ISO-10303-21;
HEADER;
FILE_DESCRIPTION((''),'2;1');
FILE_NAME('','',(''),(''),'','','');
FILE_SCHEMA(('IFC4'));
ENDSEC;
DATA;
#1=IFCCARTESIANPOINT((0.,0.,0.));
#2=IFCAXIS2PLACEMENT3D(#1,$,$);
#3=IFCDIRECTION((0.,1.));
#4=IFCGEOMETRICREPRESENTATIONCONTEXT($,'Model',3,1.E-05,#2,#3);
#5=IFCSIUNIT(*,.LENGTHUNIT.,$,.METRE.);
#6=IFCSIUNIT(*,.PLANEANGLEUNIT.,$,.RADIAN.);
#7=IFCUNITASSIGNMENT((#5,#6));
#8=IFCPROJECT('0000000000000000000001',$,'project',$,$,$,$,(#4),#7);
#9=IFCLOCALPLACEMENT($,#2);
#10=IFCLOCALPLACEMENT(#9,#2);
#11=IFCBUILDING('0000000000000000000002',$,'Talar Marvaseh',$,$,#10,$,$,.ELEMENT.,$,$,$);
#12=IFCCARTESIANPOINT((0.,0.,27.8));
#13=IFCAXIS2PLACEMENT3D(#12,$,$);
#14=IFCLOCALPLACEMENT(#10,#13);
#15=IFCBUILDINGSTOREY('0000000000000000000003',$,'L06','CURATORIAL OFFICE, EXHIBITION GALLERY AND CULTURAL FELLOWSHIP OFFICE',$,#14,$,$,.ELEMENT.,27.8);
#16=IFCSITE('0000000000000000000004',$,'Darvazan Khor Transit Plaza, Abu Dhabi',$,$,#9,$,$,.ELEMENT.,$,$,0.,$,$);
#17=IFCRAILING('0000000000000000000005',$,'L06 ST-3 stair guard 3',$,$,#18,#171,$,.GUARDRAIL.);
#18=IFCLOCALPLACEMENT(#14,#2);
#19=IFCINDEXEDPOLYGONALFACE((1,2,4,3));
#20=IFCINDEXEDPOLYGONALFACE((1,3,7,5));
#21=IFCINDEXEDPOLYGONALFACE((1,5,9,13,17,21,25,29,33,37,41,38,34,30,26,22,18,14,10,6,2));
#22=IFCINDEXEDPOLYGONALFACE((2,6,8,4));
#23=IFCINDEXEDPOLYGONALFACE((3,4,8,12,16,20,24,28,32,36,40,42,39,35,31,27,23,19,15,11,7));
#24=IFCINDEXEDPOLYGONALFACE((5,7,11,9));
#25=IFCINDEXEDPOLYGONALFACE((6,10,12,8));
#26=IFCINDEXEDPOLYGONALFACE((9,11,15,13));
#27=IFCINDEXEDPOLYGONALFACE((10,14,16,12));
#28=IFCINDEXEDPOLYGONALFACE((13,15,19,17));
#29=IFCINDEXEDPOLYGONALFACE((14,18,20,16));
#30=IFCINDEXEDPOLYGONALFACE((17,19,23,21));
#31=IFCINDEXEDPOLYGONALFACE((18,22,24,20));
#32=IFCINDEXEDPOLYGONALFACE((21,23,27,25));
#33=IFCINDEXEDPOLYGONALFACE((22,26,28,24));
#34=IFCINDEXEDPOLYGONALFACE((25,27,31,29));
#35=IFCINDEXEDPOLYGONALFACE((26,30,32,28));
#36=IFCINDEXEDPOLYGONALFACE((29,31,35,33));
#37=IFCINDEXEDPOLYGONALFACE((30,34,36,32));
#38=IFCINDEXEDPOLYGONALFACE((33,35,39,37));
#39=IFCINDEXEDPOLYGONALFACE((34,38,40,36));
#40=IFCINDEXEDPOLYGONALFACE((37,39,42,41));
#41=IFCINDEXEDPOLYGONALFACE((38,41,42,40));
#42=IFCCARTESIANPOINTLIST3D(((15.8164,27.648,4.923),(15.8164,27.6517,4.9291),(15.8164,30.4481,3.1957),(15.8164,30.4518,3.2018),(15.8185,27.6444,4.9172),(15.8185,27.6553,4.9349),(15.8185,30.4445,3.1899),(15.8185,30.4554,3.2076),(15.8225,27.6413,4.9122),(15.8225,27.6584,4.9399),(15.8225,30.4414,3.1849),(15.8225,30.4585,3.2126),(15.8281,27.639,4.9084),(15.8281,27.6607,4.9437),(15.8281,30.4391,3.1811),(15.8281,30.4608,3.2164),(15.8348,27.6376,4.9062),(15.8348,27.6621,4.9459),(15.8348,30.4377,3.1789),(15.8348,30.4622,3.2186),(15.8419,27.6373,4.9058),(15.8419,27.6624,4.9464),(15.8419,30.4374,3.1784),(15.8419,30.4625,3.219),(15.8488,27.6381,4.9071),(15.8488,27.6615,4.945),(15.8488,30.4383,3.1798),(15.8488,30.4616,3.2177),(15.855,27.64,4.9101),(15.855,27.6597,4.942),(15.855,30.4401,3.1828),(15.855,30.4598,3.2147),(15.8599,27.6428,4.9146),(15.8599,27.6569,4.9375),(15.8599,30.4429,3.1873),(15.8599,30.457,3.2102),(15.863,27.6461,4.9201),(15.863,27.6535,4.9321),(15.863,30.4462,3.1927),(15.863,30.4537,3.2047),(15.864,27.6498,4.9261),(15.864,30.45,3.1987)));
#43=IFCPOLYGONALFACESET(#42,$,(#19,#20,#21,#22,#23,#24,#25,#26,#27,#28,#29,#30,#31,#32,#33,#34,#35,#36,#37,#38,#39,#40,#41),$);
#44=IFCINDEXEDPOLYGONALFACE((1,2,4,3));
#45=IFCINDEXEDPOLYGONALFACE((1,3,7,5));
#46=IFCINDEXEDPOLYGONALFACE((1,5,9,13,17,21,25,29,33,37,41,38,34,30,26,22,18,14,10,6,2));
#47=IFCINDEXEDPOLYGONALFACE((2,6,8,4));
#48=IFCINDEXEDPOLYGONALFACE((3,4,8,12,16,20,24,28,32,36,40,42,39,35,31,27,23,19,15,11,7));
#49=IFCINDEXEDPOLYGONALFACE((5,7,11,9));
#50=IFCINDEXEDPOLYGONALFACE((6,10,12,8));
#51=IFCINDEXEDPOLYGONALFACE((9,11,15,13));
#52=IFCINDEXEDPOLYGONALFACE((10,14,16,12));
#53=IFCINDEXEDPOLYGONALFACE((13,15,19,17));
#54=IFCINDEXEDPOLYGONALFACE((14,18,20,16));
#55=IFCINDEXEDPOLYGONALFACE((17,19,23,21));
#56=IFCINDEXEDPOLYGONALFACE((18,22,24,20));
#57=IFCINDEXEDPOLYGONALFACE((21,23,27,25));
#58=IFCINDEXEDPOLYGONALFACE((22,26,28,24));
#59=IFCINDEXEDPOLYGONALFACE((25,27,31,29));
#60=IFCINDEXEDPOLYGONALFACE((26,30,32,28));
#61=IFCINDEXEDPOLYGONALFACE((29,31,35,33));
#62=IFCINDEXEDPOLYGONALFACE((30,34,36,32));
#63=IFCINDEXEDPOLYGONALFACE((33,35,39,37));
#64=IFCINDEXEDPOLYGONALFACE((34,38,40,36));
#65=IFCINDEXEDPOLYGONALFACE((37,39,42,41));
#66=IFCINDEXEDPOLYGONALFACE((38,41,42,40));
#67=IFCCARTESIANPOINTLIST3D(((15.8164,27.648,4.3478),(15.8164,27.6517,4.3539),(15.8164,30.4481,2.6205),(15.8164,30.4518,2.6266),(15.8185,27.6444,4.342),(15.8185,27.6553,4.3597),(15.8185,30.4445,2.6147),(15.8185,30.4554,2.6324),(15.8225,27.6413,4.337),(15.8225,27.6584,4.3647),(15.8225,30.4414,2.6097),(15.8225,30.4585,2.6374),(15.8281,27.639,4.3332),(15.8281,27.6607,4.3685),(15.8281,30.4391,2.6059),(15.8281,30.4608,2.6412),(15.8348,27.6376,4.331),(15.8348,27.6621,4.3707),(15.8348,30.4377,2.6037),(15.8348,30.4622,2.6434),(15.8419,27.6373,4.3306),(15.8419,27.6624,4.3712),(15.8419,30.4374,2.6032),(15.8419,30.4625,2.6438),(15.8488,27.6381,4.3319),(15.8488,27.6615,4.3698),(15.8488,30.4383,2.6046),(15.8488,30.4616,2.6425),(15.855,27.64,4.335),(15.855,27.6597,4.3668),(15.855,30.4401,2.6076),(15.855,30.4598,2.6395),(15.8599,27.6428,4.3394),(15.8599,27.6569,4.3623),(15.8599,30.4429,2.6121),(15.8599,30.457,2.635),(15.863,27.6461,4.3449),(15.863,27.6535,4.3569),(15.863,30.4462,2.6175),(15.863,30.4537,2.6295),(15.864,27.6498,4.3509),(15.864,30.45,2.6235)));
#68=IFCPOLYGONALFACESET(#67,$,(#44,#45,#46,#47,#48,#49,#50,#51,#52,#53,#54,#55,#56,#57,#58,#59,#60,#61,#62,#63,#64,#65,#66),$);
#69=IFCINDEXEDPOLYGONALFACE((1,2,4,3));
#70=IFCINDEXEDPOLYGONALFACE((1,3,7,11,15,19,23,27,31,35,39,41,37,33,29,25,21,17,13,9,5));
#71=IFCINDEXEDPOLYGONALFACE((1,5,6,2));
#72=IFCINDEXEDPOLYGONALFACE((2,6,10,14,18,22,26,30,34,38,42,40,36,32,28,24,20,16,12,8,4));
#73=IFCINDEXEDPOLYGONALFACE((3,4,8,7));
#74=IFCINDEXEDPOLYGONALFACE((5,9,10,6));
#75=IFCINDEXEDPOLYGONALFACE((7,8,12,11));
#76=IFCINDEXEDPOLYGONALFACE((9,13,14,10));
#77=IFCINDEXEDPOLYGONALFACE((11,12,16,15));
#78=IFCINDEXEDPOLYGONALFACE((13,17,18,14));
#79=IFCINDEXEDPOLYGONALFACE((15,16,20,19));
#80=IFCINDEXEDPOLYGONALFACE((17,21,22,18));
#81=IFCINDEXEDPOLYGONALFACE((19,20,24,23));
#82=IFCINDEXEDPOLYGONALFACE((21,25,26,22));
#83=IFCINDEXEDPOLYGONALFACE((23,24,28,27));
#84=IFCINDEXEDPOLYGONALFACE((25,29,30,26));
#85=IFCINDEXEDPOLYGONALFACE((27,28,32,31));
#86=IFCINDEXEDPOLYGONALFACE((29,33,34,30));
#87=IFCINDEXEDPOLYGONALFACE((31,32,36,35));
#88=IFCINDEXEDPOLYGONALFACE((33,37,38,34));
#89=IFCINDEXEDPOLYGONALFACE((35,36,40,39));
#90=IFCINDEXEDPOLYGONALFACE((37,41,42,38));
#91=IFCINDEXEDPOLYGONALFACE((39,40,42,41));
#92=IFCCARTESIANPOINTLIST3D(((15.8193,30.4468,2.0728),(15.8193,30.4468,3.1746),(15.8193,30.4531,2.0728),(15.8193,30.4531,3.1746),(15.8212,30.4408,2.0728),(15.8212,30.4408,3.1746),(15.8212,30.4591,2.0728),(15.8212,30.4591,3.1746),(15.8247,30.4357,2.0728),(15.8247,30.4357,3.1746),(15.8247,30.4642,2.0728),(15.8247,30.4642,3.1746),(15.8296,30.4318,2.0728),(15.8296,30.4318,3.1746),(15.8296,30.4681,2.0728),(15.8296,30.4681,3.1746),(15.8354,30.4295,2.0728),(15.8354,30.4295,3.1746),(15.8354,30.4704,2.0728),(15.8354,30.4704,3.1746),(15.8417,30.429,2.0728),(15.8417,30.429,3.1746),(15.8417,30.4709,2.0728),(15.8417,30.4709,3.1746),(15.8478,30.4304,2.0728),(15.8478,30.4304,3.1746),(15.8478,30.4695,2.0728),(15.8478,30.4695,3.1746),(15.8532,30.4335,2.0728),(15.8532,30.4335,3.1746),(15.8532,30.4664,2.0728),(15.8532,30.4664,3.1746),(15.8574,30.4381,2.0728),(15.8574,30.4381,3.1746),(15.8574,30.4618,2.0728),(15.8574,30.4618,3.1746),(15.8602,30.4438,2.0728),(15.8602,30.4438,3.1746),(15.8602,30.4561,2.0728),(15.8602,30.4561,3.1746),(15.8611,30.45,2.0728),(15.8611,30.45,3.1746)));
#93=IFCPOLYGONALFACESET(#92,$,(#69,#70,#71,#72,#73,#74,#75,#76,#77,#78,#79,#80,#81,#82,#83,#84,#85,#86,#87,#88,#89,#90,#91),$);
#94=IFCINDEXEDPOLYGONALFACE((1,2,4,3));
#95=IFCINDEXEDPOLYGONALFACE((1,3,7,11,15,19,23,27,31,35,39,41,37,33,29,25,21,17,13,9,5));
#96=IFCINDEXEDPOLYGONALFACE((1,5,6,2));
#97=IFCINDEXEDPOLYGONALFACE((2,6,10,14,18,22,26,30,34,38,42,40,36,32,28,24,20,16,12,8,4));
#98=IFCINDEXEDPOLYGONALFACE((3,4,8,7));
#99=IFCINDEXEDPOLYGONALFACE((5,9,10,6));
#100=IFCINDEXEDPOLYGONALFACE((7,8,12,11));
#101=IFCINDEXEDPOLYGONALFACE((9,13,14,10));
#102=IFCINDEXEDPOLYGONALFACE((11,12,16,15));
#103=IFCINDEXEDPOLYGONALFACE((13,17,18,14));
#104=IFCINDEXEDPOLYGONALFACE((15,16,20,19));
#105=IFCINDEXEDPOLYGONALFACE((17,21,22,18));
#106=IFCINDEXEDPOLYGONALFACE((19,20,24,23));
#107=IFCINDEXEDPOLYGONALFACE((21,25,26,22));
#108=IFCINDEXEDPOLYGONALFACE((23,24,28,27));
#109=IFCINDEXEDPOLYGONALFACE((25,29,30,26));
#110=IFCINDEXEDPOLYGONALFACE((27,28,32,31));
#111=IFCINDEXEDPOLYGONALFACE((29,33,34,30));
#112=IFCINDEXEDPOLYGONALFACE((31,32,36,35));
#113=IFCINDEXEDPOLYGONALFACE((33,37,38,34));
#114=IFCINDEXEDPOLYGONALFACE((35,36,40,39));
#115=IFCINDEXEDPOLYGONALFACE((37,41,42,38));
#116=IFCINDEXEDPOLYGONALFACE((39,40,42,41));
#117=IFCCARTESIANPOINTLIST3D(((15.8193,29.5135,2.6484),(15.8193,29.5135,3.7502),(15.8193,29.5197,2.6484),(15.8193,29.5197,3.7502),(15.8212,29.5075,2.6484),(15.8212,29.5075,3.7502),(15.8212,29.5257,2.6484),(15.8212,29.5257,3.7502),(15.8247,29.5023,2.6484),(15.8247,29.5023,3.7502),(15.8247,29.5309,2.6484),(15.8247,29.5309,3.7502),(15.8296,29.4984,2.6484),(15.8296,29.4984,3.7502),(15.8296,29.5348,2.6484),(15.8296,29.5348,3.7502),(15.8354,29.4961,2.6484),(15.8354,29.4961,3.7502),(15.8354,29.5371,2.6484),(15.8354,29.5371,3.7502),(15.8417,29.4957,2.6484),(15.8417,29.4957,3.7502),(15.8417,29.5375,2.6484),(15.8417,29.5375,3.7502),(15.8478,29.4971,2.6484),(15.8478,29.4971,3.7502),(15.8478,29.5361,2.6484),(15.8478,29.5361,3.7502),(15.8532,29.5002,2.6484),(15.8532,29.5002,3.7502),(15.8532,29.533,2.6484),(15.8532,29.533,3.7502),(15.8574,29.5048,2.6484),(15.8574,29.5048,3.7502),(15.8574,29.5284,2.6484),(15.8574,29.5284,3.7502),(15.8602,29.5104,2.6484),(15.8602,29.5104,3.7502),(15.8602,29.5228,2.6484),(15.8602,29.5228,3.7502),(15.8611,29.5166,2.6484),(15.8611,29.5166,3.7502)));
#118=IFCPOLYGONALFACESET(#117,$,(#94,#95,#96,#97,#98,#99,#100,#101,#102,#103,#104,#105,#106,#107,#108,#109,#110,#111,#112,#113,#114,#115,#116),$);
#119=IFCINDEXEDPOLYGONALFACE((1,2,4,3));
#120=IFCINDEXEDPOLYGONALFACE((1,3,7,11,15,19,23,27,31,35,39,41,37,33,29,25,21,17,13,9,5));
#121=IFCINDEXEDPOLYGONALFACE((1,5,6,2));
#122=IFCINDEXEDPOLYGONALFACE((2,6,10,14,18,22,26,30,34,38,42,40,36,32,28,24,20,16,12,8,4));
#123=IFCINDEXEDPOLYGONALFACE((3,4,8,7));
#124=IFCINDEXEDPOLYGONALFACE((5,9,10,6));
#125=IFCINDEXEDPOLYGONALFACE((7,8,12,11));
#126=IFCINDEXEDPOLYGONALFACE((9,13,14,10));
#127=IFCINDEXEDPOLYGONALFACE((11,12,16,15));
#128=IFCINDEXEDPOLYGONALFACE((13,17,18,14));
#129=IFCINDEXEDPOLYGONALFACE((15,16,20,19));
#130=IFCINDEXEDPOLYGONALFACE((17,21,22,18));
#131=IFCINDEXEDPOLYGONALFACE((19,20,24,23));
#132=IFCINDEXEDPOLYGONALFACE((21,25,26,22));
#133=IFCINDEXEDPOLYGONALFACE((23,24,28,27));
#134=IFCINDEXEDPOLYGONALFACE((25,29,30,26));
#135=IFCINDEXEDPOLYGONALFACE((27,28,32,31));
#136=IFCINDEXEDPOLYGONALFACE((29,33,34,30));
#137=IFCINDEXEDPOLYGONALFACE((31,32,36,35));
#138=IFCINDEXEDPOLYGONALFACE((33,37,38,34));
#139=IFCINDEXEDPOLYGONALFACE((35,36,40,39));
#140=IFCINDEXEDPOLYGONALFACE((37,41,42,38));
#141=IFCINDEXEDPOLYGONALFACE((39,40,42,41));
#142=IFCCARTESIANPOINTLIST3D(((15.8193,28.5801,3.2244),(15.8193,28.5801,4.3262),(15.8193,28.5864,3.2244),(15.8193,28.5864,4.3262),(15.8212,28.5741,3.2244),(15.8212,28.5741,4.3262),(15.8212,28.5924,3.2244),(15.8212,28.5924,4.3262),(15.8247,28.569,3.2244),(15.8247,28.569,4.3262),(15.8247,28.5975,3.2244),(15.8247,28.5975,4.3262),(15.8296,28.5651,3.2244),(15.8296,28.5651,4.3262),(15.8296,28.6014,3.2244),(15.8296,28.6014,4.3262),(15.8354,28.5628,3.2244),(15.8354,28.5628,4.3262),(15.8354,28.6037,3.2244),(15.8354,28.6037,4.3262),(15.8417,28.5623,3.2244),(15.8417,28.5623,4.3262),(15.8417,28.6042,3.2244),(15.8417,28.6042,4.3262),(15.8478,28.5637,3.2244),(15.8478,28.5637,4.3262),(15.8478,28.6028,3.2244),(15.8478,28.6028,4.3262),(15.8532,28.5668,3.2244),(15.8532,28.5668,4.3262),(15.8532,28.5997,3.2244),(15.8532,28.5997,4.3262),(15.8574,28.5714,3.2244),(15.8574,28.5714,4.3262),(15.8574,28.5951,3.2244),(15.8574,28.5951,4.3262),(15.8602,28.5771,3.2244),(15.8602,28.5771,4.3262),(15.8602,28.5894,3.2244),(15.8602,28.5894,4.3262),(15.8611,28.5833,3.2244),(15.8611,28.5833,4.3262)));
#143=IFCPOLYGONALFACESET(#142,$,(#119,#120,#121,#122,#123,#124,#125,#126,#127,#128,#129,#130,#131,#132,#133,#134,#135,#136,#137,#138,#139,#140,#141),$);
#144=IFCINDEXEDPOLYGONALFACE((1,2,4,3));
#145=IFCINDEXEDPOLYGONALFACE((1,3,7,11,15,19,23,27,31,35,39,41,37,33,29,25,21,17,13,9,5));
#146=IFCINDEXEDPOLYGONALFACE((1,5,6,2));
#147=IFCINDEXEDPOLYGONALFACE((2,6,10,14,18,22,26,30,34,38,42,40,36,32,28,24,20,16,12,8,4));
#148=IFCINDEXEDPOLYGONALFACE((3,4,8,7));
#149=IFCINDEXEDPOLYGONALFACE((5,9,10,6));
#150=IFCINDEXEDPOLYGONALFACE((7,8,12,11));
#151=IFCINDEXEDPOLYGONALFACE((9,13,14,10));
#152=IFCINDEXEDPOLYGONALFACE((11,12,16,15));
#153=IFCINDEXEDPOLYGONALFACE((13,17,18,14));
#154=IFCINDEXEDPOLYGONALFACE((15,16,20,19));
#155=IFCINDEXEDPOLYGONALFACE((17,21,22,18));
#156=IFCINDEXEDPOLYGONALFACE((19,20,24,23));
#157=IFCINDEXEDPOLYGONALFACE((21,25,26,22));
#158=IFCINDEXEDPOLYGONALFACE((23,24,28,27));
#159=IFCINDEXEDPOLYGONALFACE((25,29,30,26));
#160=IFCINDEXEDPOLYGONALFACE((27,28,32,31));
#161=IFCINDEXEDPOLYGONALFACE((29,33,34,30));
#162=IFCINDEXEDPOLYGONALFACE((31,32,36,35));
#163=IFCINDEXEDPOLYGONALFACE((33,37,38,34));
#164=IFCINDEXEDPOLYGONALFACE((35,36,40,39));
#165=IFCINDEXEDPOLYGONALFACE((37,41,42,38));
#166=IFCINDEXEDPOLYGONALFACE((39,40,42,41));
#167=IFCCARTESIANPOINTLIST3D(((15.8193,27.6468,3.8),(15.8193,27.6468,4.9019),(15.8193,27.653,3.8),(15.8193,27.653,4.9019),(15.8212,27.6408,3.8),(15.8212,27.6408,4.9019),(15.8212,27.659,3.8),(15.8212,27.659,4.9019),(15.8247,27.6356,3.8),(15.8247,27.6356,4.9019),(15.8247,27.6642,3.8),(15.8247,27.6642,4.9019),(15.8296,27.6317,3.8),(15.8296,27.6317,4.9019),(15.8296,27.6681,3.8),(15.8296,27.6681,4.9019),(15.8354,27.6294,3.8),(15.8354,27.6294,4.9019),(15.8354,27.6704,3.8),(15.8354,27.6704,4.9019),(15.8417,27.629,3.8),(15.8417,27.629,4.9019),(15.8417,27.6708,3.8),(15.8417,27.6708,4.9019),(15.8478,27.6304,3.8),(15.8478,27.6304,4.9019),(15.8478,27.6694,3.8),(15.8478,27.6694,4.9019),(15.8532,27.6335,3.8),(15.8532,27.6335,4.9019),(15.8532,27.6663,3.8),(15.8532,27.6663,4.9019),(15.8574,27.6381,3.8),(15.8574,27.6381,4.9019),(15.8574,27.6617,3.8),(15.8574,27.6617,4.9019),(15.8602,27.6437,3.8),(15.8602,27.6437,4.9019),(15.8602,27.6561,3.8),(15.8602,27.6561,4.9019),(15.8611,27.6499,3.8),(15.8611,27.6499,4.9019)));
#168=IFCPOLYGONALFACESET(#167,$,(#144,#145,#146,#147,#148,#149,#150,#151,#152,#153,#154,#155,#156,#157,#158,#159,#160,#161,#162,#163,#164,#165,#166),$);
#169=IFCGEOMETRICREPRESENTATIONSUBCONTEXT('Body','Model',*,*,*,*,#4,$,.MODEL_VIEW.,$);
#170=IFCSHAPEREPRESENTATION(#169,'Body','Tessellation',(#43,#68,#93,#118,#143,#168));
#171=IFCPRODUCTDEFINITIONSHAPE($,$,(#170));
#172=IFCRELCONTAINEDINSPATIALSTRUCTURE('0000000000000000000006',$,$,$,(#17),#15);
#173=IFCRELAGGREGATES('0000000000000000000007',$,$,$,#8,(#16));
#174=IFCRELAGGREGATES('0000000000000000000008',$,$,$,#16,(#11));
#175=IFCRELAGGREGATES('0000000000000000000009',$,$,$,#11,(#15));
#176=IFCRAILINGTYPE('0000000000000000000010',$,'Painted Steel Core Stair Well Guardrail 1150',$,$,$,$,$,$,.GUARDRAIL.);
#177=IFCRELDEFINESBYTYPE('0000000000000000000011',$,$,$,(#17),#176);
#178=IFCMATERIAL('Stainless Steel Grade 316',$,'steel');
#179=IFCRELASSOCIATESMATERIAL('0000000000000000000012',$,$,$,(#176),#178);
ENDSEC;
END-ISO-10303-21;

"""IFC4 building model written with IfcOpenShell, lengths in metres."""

from ifc_helpers import new_model, si_unit, direction, frame, origin, origin_2d, place, context, subcontext, project, spatial, circle, extrude, material, type_object, element, save


model = new_model("IFC4")

# Units and contexts
model_context = context("Model", 3, precision=1e-05, world=origin(), true_north=direction((0.0, 1.0)))
body_context = subcontext(model_context, "Body", "Model", "MODEL_VIEW")
ifc_project = project(units=[si_unit("LENGTHUNIT", "METRE"), si_unit("PLANEANGLEUNIT", "RADIAN")], contexts=[model_context])

# Site, building, storey
site_placement = place(None, origin())
site = spatial("IfcSite", under=ifc_project, at=site_placement, Name="Darvazan Khor Transit Plaza, Abu Dhabi", CompositionType="ELEMENT", RefElevation=0.0)
building_placement = place(site_placement, origin())
building = spatial("IfcBuilding", under=site, at=building_placement, Name="Talar Marvaseh", CompositionType="ELEMENT")
storey_placement = place(building_placement, frame((0.0, 0.0, 27.8)))
storey = spatial("IfcBuildingStorey", under=building, at=storey_placement, Name="L06", Description="CURATORIAL OFFICE, EXHIBITION GALLERY AND CULTURAL FELLOWSHIP OFFICE", CompositionType="ELEMENT", Elevation=27.8)

# Railing
ifc_material_1 = material(Name="Stainless Steel Grade 316", Category="steel")
railing_type_1 = type_object("IfcRailingType", Name="Painted Steel Core Stair Well Guardrail 1150", PredefinedType="GUARDRAIL", material=ifc_material_1)
railing_1_placement = place(storey_placement, frame((15.8401, 30.45, 2.0728)))
element("IfcRailing", 1, at=railing_1_placement, inside=storey, type_object=railing_type_1, Name="L06 ST-3 stair guard 3", PredefinedType="GUARDRAIL", context=body_context, shape_type="SweptSolid", body=[
    extrude(circle(Radius=0.0239, at=origin_2d()), frame((0.0, 0.0, 1.126), z_axis=(0.0, -0.85109, 0.52502), x_axis=(1.0, 0.0, 0.0)), (0.0, 0.0, 1.0), 3.29),
    extrude(circle(Radius=0.0239, at=origin_2d()), frame((0.0, 0.0, 0.5508), z_axis=(0.0, -0.85109, 0.52502), x_axis=(1.0, 0.0, 0.0)), (0.0, 0.0, 1.0), 3.29),
    extrude(circle(Radius=0.021, at=origin_2d()), origin(), (0.0, 0.0, 1.0), 1.1018),
    extrude(circle(Radius=0.021, at=origin_2d()), frame((0.0, -0.9333, 0.5757)), (0.0, 0.0, 1.0), 1.1018),
    extrude(circle(Radius=0.021, at=origin_2d()), frame((0.0, -1.8667, 1.1516)), (0.0, 0.0, 1.0), 1.1018),
    extrude(circle(Radius=0.021, at=origin_2d()), frame((0.0, -2.8, 1.7273)), (0.0, 0.0, 1.0), 1.1018),
])

save(model, "model.ifc")
